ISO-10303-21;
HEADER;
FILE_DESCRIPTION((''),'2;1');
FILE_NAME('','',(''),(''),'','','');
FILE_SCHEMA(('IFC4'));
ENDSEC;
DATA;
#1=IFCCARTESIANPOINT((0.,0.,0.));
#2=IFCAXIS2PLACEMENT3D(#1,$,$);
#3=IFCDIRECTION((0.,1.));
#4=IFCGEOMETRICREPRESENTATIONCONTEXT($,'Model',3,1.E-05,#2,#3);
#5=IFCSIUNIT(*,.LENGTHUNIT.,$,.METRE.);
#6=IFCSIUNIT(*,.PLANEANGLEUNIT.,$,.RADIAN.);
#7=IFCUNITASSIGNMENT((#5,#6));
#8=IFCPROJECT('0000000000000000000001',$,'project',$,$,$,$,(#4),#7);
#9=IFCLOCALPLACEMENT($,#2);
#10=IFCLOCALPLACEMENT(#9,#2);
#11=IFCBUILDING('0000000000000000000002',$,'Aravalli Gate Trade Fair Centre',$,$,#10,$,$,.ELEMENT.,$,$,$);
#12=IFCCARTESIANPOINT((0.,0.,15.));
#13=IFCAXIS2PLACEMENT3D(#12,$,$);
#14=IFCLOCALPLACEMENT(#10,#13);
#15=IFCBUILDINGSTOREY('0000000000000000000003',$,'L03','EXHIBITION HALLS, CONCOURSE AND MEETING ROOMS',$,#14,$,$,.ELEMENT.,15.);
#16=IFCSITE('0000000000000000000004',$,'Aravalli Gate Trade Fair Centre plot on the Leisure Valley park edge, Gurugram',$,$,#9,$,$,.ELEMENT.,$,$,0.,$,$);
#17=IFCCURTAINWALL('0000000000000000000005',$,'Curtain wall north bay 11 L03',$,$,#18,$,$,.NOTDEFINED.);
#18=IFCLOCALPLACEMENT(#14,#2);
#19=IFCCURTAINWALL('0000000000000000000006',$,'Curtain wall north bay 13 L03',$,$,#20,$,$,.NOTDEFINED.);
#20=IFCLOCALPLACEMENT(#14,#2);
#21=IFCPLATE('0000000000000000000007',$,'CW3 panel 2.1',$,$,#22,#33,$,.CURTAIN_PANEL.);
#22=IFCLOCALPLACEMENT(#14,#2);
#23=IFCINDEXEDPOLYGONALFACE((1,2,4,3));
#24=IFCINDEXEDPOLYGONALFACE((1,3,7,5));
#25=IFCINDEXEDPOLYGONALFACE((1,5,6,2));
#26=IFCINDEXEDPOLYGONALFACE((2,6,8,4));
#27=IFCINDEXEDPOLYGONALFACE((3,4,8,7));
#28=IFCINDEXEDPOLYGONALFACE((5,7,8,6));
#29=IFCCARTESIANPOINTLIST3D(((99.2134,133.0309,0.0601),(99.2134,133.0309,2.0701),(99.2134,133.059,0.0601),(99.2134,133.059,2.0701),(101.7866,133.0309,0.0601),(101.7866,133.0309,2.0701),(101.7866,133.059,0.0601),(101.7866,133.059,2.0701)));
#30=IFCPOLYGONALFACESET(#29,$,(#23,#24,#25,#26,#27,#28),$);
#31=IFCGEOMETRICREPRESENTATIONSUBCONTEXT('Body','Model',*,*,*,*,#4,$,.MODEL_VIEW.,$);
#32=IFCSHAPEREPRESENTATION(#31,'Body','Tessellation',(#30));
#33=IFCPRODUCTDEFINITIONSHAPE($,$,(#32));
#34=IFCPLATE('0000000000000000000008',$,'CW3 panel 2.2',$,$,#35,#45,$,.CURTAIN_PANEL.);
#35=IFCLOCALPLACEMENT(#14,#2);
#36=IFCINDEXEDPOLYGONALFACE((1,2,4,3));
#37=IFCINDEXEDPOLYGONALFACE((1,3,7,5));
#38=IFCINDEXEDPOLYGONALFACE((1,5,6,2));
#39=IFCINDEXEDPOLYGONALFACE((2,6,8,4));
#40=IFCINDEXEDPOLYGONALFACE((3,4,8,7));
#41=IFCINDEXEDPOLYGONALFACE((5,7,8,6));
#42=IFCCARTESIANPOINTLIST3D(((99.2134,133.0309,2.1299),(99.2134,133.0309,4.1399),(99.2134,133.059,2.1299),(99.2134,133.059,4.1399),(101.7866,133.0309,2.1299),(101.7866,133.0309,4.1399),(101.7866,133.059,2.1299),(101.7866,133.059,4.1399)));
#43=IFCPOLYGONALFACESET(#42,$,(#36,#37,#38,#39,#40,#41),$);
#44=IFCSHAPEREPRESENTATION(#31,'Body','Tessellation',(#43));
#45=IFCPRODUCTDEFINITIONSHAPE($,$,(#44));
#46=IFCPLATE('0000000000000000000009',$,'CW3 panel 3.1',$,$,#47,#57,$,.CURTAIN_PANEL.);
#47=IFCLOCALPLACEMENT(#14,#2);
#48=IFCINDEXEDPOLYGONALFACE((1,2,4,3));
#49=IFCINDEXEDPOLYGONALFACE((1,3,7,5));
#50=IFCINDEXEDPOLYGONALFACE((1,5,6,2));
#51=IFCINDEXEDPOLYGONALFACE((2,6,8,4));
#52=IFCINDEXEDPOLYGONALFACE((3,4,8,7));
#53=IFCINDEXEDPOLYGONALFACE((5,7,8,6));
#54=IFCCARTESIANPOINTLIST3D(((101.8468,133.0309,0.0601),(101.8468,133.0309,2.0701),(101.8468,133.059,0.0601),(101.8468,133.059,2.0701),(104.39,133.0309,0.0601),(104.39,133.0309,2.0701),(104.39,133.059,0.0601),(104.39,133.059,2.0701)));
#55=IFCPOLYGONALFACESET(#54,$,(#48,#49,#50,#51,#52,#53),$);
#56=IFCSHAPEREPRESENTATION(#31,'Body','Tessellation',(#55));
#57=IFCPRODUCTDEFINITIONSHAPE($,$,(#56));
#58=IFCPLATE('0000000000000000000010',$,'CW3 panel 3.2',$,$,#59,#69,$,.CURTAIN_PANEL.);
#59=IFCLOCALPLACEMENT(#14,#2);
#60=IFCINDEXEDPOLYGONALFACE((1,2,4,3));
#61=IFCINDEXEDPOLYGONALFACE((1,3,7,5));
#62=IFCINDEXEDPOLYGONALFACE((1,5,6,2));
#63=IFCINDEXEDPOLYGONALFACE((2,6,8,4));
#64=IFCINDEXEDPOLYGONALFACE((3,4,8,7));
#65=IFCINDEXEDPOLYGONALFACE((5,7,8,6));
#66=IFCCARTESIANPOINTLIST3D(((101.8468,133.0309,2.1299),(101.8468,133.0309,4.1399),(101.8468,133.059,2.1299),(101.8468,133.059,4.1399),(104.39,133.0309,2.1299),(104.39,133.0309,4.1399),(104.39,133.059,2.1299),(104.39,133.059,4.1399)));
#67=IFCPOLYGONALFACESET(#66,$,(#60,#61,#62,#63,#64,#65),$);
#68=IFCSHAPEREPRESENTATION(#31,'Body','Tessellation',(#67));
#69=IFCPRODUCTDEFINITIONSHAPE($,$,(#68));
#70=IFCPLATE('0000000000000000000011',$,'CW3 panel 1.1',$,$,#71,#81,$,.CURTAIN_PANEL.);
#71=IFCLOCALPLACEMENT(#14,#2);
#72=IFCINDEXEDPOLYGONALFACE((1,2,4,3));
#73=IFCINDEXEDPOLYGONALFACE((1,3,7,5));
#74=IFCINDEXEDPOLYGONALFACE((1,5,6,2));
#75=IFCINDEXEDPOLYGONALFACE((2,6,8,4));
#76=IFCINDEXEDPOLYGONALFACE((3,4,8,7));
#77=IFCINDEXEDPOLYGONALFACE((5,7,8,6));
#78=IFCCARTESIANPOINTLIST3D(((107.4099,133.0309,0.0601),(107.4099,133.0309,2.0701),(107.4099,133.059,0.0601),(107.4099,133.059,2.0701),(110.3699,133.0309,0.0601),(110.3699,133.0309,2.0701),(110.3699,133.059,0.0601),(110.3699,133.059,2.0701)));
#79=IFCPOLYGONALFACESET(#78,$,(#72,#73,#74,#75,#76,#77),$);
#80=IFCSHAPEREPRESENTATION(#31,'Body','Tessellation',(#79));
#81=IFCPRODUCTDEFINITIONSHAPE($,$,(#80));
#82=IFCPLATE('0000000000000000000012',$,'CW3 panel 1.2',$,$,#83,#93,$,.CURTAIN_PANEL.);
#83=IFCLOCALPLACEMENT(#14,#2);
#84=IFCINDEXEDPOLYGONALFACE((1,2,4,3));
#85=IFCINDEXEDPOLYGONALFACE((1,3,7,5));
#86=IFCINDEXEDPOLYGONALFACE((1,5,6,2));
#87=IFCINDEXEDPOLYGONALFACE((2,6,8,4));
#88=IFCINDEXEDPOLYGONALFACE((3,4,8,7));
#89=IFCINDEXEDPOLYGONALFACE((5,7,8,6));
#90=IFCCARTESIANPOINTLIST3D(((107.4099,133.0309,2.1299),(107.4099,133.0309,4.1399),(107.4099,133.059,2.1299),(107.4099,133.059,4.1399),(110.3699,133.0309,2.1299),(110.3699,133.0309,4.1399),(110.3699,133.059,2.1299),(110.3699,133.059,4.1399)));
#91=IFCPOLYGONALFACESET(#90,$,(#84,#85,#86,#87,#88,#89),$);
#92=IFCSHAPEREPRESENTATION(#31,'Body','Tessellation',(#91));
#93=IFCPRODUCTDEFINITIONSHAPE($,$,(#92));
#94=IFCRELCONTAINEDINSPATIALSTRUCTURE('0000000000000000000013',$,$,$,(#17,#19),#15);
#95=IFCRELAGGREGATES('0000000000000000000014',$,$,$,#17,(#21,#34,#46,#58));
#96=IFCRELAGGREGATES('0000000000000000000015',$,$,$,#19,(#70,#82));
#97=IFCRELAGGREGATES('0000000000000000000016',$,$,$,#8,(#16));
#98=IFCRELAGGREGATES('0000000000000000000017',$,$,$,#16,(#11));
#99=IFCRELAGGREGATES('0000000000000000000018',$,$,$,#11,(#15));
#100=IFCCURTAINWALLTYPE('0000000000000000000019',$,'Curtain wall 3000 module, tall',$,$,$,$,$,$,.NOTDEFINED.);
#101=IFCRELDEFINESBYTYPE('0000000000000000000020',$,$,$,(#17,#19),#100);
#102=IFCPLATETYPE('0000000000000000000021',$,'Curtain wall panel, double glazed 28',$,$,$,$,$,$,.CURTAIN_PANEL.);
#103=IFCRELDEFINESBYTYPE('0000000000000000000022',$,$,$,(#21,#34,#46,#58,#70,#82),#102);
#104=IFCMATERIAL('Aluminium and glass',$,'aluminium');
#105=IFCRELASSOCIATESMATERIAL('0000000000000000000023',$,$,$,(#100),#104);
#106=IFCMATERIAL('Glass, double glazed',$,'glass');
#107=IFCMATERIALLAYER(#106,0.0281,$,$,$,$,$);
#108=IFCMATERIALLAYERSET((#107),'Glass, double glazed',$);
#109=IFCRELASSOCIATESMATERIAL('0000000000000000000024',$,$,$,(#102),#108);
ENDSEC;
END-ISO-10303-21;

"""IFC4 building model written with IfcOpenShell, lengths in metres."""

from ifc_helpers import new_model, si_unit, direction, frame, origin, origin_2d, place, context, subcontext, project, spatial, rectangle, extrude, material, layer, layer_set, type_object, element, aggregate, save


model = new_model("IFC4")

# Units and contexts
model_context = context("Model", 3, precision=1e-05, world=origin(), true_north=direction((0.0, 1.0)))
body_context = subcontext(model_context, "Body", "Model", "MODEL_VIEW")
ifc_project = project(units=[si_unit("LENGTHUNIT", "METRE"), si_unit("PLANEANGLEUNIT", "RADIAN")], contexts=[model_context])

# Site, building, storey
site_placement = place(None, origin())
site = spatial("IfcSite", under=ifc_project, at=site_placement, Name="Aravalli Gate Trade Fair Centre plot on the Leisure Valley park edge, Gurugram", CompositionType="ELEMENT", RefElevation=0.0)
building_placement = place(site_placement, origin())
building = spatial("IfcBuilding", under=site, at=building_placement, Name="Aravalli Gate Trade Fair Centre", CompositionType="ELEMENT")
storey_placement = place(building_placement, frame((0.0, 0.0, 15.0)))
storey = spatial("IfcBuildingStorey", under=building, at=storey_placement, Name="L03", Description="EXHIBITION HALLS, CONCOURSE AND MEETING ROOMS", CompositionType="ELEMENT", Elevation=15.0)

# Curtain walls
ifc_material_1 = material(Name="Aluminium and glass", Category="aluminium")
curtain_wall_type = type_object("IfcCurtainWallType", Name="Curtain wall 3000 module, tall", PredefinedType="NOTDEFINED", material=ifc_material_1)
curtain_wall_1_placement = place(storey_placement, origin())
curtain_wall_1 = element("IfcCurtainWall", 1, at=curtain_wall_1_placement, inside=storey, type_object=curtain_wall_type, Name="Curtain wall north bay 11 L03", PredefinedType="NOTDEFINED")
curtain_wall_2_placement = place(storey_placement, origin())
curtain_wall_2 = element("IfcCurtainWall", 2, at=curtain_wall_2_placement, inside=storey, type_object=curtain_wall_type, Name="Curtain wall north bay 13 L03", PredefinedType="NOTDEFINED")

# Plates
ifc_material_2 = material(Name="Glass, double glazed", Category="glass")
ifc_layer = layer(ifc_material_2, 0.0281)
ifc_layer_set = layer_set([ifc_layer], Name="Glass, double glazed")
plate_type = type_object("IfcPlateType", Name="Curtain wall panel, double glazed 28", PredefinedType="CURTAIN_PANEL", material=ifc_layer_set)
plate_1_placement = place(storey_placement, frame((100.5, 133.0449, 0.0601), z_axis=(0.0, 0.0, 1.0), x_axis=(1.0, 0.0, 0.0)))
plate_1 = element("IfcPlate", 3, at=plate_1_placement, type_object=plate_type, Name="CW3 panel 2.1", PredefinedType="CURTAIN_PANEL", context=body_context, shape_type="SweptSolid", body=[
    extrude(rectangle(XDim=2.5732, YDim=0.0281, at=origin_2d()), origin(), (0.0, 0.0, 1.0), 2.01),
])
plate_2_placement = place(storey_placement, frame((100.5, 133.0449, 2.1299), z_axis=(0.0, 0.0, 1.0), x_axis=(1.0, 0.0, 0.0)))
plate_2 = element("IfcPlate", 4, at=plate_2_placement, type_object=plate_type, Name="CW3 panel 2.2", PredefinedType="CURTAIN_PANEL", context=body_context, shape_type="SweptSolid", body=[
    extrude(rectangle(XDim=2.5732, YDim=0.0281, at=origin_2d()), origin(), (0.0, 0.0, 1.0), 2.01),
])
plate_3_placement = place(storey_placement, frame((103.1184, 133.0449, 0.0601), z_axis=(0.0, 0.0, 1.0), x_axis=(1.0, 0.0, 0.0)))
plate_3 = element("IfcPlate", 5, at=plate_3_placement, type_object=plate_type, Name="CW3 panel 3.1", PredefinedType="CURTAIN_PANEL", context=body_context, shape_type="SweptSolid", body=[
    extrude(rectangle(XDim=2.5432, YDim=0.0281, at=origin_2d()), origin(), (0.0, 0.0, 1.0), 2.01),
])
plate_4_placement = place(storey_placement, frame((103.1184, 133.0449, 2.1299), z_axis=(0.0, 0.0, 1.0), x_axis=(1.0, 0.0, 0.0)))
plate_4 = element("IfcPlate", 6, at=plate_4_placement, type_object=plate_type, Name="CW3 panel 3.2", PredefinedType="CURTAIN_PANEL", context=body_context, shape_type="SweptSolid", body=[
    extrude(rectangle(XDim=2.5432, YDim=0.0281, at=origin_2d()), origin(), (0.0, 0.0, 1.0), 2.01),
])
aggregate(curtain_wall_1, [plate_1, plate_2, plate_3, plate_4])
plate_5_placement = place(storey_placement, frame((108.8899, 133.0449, 0.0601), z_axis=(0.0, 0.0, 1.0), x_axis=(1.0, 0.0, 0.0)))
plate_5 = element("IfcPlate", 7, at=plate_5_placement, type_object=plate_type, Name="CW3 panel 1.1", PredefinedType="CURTAIN_PANEL", context=body_context, shape_type="SweptSolid", body=[
    extrude(rectangle(XDim=2.96, YDim=0.0281, at=origin_2d()), origin(), (0.0, 0.0, 1.0), 2.01),
])
plate_6_placement = place(storey_placement, frame((108.8899, 133.0449, 2.1299), z_axis=(0.0, 0.0, 1.0), x_axis=(1.0, 0.0, 0.0)))
plate_6 = element("IfcPlate", 8, at=plate_6_placement, type_object=plate_type, Name="CW3 panel 1.2", PredefinedType="CURTAIN_PANEL", context=body_context, shape_type="SweptSolid", body=[
    extrude(rectangle(XDim=2.96, YDim=0.0281, at=origin_2d()), origin(), (0.0, 0.0, 1.0), 2.01),
])
aggregate(curtain_wall_2, [plate_5, plate_6])

save(model, "model.ifc")
